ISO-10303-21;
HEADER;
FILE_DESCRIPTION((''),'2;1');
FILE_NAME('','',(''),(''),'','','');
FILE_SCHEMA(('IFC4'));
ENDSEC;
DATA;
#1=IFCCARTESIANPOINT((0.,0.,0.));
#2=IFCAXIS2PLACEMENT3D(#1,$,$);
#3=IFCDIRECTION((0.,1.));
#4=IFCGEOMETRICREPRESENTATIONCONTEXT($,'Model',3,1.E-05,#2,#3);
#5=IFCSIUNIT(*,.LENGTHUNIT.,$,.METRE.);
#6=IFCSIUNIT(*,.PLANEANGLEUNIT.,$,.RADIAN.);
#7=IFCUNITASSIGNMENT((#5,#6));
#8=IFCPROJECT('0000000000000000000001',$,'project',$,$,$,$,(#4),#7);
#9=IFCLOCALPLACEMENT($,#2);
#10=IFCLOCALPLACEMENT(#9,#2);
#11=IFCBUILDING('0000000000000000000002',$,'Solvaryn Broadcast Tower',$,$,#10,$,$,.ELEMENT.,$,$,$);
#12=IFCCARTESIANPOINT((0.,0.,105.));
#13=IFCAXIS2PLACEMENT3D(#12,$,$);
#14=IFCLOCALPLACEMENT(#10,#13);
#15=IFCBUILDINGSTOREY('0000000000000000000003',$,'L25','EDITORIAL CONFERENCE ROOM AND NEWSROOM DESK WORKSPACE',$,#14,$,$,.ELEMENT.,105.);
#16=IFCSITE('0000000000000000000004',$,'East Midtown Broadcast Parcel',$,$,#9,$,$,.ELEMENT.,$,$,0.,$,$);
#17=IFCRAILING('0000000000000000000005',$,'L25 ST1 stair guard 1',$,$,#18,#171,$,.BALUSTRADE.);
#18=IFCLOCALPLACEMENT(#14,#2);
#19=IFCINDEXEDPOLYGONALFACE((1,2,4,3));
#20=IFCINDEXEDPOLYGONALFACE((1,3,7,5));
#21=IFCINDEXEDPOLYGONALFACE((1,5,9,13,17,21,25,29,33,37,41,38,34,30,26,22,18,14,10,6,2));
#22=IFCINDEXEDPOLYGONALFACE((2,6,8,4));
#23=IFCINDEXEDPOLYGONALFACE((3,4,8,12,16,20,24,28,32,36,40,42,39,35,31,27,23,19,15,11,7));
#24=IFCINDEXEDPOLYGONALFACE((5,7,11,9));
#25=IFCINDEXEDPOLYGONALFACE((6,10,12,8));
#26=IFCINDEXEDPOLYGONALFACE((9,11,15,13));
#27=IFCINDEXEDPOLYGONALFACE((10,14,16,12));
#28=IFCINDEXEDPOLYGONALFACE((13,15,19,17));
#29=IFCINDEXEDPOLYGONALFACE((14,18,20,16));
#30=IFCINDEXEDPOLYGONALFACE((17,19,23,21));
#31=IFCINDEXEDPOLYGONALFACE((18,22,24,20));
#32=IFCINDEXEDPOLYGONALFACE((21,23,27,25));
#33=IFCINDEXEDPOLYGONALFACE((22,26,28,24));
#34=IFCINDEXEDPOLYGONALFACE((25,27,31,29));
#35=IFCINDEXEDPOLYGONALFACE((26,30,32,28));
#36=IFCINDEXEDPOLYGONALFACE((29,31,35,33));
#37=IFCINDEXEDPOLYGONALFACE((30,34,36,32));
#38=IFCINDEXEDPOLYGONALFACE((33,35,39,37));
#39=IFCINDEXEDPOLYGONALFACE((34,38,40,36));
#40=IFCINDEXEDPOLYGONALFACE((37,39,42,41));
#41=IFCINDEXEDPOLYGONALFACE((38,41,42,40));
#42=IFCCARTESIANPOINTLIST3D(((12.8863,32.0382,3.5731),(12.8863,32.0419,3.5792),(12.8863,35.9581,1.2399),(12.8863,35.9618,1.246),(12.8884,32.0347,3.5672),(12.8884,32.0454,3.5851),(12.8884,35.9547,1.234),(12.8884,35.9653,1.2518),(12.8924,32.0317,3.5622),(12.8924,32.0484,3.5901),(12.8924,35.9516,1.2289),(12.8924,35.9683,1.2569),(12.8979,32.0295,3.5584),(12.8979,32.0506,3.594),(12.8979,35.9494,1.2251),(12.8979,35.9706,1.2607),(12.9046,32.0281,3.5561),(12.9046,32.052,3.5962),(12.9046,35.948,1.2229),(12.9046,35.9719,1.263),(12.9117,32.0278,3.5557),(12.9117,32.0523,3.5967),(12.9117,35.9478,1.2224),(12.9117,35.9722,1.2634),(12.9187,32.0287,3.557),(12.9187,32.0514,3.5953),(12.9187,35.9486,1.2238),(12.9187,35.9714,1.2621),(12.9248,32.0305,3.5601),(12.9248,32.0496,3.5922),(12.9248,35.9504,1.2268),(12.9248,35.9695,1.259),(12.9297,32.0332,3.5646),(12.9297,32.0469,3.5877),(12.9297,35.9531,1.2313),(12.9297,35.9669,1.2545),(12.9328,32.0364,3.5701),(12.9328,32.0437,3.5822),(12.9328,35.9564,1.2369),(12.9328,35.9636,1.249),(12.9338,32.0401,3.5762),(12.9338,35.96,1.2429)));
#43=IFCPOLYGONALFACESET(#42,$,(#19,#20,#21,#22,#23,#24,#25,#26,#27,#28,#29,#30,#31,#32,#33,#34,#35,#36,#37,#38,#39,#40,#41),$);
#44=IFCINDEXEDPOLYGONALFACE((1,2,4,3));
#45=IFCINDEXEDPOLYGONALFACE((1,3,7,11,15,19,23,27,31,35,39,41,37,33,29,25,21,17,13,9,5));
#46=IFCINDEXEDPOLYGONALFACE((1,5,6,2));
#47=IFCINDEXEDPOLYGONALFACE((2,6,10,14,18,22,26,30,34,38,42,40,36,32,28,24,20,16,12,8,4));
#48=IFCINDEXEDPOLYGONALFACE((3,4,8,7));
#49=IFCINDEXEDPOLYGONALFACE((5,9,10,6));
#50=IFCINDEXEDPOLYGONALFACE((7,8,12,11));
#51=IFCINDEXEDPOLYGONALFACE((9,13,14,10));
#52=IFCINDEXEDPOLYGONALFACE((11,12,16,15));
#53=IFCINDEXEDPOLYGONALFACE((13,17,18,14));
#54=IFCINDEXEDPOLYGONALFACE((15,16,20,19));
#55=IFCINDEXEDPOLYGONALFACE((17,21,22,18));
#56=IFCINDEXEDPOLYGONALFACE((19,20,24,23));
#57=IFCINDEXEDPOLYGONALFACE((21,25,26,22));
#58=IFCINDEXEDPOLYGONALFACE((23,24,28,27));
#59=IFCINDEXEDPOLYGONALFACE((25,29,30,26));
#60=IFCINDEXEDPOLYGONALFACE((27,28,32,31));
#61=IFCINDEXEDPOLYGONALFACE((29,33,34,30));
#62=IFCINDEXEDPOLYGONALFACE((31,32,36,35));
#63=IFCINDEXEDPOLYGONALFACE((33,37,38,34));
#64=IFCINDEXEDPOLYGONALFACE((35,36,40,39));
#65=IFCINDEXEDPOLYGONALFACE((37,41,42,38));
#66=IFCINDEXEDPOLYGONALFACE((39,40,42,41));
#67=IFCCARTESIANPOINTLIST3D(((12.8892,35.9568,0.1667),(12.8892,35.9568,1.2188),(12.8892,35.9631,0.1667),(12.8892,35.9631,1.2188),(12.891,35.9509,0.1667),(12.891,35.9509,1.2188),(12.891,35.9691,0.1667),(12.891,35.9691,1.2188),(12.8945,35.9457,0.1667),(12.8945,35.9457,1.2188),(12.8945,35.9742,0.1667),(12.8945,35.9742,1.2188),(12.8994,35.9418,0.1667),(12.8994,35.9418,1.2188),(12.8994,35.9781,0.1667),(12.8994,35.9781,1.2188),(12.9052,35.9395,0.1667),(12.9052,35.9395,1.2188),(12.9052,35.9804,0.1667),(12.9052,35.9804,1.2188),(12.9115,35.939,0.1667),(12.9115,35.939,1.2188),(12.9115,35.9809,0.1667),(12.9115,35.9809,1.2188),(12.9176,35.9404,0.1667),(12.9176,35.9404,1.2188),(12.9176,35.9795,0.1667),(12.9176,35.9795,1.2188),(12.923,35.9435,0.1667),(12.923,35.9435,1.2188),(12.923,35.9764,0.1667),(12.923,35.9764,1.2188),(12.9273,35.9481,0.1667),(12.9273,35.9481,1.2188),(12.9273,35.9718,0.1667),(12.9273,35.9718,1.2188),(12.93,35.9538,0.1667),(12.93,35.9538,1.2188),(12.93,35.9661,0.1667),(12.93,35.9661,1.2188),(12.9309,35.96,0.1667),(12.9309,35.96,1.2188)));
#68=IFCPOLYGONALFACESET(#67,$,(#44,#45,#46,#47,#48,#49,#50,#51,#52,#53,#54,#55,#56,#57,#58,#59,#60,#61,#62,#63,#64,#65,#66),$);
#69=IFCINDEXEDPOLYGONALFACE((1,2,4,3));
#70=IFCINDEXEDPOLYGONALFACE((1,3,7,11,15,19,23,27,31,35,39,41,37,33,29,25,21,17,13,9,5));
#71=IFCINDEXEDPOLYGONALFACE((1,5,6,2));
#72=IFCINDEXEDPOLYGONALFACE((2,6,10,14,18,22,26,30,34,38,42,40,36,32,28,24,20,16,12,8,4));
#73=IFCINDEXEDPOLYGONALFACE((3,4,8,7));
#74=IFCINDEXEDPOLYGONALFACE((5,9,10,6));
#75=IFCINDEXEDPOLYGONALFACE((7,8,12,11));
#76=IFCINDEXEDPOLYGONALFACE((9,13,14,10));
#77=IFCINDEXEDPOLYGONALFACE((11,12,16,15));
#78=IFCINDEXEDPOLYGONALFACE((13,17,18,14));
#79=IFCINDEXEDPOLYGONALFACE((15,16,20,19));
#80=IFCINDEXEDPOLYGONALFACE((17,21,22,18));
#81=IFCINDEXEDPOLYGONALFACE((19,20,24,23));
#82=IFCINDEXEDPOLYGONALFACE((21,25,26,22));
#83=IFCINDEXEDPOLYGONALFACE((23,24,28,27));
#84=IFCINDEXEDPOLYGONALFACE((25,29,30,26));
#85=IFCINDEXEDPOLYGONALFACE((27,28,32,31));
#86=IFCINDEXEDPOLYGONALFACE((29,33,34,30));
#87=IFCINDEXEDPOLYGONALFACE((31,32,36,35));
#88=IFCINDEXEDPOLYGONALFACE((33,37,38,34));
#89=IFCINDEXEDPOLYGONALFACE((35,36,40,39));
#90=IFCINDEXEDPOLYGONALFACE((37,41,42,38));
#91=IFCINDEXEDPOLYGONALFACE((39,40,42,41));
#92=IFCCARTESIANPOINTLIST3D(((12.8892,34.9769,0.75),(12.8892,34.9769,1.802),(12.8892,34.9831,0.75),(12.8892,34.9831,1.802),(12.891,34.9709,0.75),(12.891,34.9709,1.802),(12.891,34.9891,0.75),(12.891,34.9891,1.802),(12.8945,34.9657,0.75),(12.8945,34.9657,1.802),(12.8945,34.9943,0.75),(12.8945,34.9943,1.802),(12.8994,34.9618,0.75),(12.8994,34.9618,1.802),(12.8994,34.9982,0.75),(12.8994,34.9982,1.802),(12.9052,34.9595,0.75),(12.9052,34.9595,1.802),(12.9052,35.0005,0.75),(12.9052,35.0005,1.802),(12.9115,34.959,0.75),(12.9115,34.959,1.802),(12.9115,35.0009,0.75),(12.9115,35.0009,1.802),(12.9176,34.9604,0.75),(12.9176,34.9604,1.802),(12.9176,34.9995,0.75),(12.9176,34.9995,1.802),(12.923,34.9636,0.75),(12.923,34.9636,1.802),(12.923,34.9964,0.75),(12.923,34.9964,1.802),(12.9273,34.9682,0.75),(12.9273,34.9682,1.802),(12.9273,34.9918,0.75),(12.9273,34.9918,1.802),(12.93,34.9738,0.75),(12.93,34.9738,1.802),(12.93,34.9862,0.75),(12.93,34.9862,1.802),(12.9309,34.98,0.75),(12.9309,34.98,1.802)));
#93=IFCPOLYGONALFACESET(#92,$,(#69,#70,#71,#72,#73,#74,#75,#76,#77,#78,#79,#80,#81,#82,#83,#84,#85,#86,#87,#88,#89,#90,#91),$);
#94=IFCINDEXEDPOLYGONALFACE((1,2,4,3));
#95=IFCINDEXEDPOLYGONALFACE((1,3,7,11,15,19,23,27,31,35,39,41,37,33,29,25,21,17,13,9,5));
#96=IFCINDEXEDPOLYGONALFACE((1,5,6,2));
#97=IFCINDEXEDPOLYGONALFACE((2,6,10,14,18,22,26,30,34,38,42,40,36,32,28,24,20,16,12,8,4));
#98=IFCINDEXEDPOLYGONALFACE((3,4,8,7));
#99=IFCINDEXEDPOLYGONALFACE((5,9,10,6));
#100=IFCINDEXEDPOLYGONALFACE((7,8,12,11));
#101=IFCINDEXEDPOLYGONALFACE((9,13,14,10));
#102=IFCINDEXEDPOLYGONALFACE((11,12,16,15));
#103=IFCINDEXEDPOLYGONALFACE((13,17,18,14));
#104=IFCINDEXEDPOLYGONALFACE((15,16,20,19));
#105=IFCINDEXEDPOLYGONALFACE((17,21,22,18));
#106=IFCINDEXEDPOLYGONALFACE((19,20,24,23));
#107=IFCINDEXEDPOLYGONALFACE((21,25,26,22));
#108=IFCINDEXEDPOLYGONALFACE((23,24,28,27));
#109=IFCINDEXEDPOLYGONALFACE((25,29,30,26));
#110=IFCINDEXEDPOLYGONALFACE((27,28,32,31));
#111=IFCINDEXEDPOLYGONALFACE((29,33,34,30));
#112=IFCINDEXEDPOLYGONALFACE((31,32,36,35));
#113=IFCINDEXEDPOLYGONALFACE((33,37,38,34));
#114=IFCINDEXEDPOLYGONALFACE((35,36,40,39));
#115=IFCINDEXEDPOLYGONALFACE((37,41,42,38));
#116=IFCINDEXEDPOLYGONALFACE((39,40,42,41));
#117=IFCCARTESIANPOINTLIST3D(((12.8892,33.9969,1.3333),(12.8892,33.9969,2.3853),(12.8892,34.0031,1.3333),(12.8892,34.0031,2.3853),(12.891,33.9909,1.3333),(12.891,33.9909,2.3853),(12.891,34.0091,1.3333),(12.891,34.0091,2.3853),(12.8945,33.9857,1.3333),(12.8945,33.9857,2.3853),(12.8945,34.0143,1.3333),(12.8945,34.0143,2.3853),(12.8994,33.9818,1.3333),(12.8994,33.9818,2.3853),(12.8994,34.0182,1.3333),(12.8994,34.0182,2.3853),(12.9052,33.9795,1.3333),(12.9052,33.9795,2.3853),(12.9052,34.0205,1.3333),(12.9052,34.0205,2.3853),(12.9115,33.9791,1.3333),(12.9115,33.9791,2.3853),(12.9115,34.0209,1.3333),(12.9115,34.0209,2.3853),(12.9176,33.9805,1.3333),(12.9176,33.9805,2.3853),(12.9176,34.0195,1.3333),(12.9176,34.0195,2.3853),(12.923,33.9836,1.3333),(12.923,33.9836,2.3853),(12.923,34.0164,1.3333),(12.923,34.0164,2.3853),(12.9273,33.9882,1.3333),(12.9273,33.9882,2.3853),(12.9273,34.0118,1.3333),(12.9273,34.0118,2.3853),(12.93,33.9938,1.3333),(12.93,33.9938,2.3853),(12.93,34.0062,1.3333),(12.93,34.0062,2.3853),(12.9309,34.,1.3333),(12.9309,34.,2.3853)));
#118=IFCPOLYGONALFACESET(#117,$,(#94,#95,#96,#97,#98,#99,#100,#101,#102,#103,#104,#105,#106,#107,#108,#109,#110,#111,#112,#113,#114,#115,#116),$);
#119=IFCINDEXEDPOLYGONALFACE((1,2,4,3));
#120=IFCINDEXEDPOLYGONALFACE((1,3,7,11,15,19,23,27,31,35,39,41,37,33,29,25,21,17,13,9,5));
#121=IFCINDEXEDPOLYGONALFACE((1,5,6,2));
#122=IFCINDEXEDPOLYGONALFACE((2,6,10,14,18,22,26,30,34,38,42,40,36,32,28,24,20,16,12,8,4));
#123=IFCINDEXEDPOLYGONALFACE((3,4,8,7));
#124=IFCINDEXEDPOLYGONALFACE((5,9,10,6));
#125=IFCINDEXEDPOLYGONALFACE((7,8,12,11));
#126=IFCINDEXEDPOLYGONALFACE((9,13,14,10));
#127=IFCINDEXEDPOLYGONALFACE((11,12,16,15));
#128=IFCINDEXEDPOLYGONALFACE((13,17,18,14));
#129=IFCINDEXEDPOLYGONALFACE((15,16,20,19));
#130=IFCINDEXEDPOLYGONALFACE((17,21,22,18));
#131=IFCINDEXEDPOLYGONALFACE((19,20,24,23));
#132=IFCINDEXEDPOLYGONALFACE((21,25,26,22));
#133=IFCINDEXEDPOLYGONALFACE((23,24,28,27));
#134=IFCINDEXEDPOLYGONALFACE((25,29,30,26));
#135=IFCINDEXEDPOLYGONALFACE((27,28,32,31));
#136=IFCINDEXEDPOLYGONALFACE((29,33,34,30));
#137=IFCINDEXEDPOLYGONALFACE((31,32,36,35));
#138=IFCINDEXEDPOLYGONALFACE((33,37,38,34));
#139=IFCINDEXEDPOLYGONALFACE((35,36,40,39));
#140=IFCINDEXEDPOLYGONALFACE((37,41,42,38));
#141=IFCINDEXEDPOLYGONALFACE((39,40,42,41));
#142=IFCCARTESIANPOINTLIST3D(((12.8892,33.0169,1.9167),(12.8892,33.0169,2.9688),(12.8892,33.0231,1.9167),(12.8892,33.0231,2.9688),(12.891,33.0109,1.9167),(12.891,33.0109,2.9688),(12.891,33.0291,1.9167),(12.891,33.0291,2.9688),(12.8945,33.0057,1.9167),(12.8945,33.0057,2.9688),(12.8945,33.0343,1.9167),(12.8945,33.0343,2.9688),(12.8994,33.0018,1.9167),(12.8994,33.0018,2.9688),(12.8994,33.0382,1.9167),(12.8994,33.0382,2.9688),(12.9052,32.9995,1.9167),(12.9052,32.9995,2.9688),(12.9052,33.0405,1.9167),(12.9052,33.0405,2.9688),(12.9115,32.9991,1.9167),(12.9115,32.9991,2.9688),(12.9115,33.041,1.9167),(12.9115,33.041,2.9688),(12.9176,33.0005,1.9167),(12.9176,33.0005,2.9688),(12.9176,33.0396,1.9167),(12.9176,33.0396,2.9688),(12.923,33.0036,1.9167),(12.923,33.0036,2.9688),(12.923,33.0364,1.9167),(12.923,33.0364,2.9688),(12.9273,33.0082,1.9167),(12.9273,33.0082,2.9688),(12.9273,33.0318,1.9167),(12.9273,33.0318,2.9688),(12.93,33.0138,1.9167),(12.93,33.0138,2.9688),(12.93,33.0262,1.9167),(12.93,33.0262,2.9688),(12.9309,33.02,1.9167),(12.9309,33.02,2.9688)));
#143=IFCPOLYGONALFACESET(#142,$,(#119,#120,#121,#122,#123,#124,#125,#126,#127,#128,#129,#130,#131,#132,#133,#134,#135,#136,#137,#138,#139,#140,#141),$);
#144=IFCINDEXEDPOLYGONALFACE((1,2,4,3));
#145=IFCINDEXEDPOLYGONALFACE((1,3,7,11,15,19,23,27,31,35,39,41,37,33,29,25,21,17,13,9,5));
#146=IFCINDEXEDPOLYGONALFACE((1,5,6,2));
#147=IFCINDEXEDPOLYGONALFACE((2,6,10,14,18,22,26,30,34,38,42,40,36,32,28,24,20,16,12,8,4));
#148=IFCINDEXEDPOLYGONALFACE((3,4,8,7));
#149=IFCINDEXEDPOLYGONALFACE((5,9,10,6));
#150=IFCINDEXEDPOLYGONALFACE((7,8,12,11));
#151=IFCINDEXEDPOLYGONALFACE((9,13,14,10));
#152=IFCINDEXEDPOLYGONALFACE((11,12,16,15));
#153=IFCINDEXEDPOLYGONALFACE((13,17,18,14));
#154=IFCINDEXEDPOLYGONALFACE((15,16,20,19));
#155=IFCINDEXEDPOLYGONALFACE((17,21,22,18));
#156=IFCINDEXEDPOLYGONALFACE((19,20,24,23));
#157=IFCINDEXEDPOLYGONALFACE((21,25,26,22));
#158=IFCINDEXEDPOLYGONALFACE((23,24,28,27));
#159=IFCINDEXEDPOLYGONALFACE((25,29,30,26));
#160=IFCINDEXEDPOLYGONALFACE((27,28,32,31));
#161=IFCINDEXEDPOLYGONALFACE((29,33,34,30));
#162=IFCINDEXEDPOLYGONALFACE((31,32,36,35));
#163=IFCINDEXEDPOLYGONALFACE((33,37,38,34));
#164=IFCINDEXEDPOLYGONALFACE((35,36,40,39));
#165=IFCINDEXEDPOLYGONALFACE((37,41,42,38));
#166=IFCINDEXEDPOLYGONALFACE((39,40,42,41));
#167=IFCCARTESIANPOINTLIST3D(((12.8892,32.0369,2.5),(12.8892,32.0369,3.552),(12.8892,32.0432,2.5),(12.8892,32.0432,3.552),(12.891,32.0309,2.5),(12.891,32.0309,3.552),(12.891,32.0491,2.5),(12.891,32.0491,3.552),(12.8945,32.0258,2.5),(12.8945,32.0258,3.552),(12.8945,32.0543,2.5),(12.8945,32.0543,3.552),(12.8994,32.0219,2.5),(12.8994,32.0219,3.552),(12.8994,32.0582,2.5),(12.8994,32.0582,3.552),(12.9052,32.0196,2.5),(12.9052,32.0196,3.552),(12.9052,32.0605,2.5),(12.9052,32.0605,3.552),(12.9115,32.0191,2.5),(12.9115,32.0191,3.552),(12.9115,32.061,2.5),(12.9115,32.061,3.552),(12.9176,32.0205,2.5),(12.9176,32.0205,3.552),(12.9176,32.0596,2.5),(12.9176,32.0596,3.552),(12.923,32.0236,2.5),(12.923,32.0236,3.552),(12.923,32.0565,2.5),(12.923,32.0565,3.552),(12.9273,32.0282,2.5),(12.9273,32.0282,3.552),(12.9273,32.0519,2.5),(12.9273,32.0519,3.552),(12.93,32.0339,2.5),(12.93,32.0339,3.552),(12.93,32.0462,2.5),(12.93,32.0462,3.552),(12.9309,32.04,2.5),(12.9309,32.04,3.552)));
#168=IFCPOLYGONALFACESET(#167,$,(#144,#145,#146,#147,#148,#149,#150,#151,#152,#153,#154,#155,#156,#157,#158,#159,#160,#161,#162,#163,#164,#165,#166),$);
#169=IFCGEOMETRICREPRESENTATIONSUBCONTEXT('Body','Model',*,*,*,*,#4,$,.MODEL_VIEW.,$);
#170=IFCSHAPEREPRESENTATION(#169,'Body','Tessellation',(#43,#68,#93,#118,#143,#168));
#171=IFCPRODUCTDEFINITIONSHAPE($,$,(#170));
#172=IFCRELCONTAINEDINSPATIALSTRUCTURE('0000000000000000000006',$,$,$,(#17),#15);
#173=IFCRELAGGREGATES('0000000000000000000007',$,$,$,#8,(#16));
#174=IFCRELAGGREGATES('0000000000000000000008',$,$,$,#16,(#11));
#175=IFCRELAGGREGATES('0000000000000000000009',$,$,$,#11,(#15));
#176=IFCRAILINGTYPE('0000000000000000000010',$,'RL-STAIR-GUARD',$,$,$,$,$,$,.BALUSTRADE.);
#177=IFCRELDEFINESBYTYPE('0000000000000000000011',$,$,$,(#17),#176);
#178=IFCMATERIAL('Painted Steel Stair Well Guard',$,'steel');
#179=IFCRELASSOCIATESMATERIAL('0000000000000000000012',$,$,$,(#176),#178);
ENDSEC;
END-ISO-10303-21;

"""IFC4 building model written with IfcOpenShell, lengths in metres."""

from ifc_helpers import new_model, si_unit, direction, frame, origin, origin_2d, place, context, subcontext, project, spatial, circle, extrude, material, type_object, element, save


model = new_model("IFC4")

# Units and contexts
model_context = context("Model", 3, precision=1e-05, world=origin(), true_north=direction((0.0, 1.0)))
body_context = subcontext(model_context, "Body", "Model", "MODEL_VIEW")
ifc_project = project(units=[si_unit("LENGTHUNIT", "METRE"), si_unit("PLANEANGLEUNIT", "RADIAN")], contexts=[model_context])

# Site, building, storey
site_placement = place(None, origin())
site = spatial("IfcSite", under=ifc_project, at=site_placement, Name="East Midtown Broadcast Parcel", CompositionType="ELEMENT", RefElevation=0.0)
building_placement = place(site_placement, origin())
building = spatial("IfcBuilding", under=site, at=building_placement, Name="Solvaryn Broadcast Tower", CompositionType="ELEMENT")
storey_placement = place(building_placement, frame((0.0, 0.0, 105.0)))
storey = spatial("IfcBuildingStorey", under=building, at=storey_placement, Name="L25", Description="EDITORIAL CONFERENCE ROOM AND NEWSROOM DESK WORKSPACE", CompositionType="ELEMENT", Elevation=105.0)

# Railing
ifc_material_1 = material(Name="Painted Steel Stair Well Guard", Category="steel")
railing_type_1 = type_object("IfcRailingType", Name="RL-STAIR-GUARD", PredefinedType="BALUSTRADE", material=ifc_material_1)
railing_1_placement = place(storey_placement, frame((12.9099, 35.96, 0.1667)))
element("IfcRailing", 1, at=railing_1_placement, inside=storey, type_object=railing_type_1, Name="L25 ST1 stair guard 1", PredefinedType="BALUSTRADE", context=body_context, shape_type="SweptSolid", body=[
    extrude(circle(Radius=0.0239, at=origin_2d()), frame((0.0, 0.0, 1.0762), z_axis=(0.0, -0.859296, 0.511478), x_axis=(1.0, 0.0, 0.0)), (0.0, 0.0, 1.0), 4.5618),
    extrude(circle(Radius=0.021, at=origin_2d()), origin(), (0.0, 0.0, 1.0), 1.052),
    extrude(circle(Radius=0.021, at=origin_2d()), frame((0.0, -0.98, 0.5833)), (0.0, 0.0, 1.0), 1.052),
    extrude(circle(Radius=0.021, at=origin_2d()), frame((0.0, -1.96, 1.1665)), (0.0, 0.0, 1.0), 1.052),
    extrude(circle(Radius=0.021, at=origin_2d()), frame((0.0, -2.9399, 1.75)), (0.0, 0.0, 1.0), 1.052),
    extrude(circle(Radius=0.021, at=origin_2d()), frame((0.0, -3.9199, 2.3333)), (0.0, 0.0, 1.0), 1.052),
])

save(model, "model.ifc")
